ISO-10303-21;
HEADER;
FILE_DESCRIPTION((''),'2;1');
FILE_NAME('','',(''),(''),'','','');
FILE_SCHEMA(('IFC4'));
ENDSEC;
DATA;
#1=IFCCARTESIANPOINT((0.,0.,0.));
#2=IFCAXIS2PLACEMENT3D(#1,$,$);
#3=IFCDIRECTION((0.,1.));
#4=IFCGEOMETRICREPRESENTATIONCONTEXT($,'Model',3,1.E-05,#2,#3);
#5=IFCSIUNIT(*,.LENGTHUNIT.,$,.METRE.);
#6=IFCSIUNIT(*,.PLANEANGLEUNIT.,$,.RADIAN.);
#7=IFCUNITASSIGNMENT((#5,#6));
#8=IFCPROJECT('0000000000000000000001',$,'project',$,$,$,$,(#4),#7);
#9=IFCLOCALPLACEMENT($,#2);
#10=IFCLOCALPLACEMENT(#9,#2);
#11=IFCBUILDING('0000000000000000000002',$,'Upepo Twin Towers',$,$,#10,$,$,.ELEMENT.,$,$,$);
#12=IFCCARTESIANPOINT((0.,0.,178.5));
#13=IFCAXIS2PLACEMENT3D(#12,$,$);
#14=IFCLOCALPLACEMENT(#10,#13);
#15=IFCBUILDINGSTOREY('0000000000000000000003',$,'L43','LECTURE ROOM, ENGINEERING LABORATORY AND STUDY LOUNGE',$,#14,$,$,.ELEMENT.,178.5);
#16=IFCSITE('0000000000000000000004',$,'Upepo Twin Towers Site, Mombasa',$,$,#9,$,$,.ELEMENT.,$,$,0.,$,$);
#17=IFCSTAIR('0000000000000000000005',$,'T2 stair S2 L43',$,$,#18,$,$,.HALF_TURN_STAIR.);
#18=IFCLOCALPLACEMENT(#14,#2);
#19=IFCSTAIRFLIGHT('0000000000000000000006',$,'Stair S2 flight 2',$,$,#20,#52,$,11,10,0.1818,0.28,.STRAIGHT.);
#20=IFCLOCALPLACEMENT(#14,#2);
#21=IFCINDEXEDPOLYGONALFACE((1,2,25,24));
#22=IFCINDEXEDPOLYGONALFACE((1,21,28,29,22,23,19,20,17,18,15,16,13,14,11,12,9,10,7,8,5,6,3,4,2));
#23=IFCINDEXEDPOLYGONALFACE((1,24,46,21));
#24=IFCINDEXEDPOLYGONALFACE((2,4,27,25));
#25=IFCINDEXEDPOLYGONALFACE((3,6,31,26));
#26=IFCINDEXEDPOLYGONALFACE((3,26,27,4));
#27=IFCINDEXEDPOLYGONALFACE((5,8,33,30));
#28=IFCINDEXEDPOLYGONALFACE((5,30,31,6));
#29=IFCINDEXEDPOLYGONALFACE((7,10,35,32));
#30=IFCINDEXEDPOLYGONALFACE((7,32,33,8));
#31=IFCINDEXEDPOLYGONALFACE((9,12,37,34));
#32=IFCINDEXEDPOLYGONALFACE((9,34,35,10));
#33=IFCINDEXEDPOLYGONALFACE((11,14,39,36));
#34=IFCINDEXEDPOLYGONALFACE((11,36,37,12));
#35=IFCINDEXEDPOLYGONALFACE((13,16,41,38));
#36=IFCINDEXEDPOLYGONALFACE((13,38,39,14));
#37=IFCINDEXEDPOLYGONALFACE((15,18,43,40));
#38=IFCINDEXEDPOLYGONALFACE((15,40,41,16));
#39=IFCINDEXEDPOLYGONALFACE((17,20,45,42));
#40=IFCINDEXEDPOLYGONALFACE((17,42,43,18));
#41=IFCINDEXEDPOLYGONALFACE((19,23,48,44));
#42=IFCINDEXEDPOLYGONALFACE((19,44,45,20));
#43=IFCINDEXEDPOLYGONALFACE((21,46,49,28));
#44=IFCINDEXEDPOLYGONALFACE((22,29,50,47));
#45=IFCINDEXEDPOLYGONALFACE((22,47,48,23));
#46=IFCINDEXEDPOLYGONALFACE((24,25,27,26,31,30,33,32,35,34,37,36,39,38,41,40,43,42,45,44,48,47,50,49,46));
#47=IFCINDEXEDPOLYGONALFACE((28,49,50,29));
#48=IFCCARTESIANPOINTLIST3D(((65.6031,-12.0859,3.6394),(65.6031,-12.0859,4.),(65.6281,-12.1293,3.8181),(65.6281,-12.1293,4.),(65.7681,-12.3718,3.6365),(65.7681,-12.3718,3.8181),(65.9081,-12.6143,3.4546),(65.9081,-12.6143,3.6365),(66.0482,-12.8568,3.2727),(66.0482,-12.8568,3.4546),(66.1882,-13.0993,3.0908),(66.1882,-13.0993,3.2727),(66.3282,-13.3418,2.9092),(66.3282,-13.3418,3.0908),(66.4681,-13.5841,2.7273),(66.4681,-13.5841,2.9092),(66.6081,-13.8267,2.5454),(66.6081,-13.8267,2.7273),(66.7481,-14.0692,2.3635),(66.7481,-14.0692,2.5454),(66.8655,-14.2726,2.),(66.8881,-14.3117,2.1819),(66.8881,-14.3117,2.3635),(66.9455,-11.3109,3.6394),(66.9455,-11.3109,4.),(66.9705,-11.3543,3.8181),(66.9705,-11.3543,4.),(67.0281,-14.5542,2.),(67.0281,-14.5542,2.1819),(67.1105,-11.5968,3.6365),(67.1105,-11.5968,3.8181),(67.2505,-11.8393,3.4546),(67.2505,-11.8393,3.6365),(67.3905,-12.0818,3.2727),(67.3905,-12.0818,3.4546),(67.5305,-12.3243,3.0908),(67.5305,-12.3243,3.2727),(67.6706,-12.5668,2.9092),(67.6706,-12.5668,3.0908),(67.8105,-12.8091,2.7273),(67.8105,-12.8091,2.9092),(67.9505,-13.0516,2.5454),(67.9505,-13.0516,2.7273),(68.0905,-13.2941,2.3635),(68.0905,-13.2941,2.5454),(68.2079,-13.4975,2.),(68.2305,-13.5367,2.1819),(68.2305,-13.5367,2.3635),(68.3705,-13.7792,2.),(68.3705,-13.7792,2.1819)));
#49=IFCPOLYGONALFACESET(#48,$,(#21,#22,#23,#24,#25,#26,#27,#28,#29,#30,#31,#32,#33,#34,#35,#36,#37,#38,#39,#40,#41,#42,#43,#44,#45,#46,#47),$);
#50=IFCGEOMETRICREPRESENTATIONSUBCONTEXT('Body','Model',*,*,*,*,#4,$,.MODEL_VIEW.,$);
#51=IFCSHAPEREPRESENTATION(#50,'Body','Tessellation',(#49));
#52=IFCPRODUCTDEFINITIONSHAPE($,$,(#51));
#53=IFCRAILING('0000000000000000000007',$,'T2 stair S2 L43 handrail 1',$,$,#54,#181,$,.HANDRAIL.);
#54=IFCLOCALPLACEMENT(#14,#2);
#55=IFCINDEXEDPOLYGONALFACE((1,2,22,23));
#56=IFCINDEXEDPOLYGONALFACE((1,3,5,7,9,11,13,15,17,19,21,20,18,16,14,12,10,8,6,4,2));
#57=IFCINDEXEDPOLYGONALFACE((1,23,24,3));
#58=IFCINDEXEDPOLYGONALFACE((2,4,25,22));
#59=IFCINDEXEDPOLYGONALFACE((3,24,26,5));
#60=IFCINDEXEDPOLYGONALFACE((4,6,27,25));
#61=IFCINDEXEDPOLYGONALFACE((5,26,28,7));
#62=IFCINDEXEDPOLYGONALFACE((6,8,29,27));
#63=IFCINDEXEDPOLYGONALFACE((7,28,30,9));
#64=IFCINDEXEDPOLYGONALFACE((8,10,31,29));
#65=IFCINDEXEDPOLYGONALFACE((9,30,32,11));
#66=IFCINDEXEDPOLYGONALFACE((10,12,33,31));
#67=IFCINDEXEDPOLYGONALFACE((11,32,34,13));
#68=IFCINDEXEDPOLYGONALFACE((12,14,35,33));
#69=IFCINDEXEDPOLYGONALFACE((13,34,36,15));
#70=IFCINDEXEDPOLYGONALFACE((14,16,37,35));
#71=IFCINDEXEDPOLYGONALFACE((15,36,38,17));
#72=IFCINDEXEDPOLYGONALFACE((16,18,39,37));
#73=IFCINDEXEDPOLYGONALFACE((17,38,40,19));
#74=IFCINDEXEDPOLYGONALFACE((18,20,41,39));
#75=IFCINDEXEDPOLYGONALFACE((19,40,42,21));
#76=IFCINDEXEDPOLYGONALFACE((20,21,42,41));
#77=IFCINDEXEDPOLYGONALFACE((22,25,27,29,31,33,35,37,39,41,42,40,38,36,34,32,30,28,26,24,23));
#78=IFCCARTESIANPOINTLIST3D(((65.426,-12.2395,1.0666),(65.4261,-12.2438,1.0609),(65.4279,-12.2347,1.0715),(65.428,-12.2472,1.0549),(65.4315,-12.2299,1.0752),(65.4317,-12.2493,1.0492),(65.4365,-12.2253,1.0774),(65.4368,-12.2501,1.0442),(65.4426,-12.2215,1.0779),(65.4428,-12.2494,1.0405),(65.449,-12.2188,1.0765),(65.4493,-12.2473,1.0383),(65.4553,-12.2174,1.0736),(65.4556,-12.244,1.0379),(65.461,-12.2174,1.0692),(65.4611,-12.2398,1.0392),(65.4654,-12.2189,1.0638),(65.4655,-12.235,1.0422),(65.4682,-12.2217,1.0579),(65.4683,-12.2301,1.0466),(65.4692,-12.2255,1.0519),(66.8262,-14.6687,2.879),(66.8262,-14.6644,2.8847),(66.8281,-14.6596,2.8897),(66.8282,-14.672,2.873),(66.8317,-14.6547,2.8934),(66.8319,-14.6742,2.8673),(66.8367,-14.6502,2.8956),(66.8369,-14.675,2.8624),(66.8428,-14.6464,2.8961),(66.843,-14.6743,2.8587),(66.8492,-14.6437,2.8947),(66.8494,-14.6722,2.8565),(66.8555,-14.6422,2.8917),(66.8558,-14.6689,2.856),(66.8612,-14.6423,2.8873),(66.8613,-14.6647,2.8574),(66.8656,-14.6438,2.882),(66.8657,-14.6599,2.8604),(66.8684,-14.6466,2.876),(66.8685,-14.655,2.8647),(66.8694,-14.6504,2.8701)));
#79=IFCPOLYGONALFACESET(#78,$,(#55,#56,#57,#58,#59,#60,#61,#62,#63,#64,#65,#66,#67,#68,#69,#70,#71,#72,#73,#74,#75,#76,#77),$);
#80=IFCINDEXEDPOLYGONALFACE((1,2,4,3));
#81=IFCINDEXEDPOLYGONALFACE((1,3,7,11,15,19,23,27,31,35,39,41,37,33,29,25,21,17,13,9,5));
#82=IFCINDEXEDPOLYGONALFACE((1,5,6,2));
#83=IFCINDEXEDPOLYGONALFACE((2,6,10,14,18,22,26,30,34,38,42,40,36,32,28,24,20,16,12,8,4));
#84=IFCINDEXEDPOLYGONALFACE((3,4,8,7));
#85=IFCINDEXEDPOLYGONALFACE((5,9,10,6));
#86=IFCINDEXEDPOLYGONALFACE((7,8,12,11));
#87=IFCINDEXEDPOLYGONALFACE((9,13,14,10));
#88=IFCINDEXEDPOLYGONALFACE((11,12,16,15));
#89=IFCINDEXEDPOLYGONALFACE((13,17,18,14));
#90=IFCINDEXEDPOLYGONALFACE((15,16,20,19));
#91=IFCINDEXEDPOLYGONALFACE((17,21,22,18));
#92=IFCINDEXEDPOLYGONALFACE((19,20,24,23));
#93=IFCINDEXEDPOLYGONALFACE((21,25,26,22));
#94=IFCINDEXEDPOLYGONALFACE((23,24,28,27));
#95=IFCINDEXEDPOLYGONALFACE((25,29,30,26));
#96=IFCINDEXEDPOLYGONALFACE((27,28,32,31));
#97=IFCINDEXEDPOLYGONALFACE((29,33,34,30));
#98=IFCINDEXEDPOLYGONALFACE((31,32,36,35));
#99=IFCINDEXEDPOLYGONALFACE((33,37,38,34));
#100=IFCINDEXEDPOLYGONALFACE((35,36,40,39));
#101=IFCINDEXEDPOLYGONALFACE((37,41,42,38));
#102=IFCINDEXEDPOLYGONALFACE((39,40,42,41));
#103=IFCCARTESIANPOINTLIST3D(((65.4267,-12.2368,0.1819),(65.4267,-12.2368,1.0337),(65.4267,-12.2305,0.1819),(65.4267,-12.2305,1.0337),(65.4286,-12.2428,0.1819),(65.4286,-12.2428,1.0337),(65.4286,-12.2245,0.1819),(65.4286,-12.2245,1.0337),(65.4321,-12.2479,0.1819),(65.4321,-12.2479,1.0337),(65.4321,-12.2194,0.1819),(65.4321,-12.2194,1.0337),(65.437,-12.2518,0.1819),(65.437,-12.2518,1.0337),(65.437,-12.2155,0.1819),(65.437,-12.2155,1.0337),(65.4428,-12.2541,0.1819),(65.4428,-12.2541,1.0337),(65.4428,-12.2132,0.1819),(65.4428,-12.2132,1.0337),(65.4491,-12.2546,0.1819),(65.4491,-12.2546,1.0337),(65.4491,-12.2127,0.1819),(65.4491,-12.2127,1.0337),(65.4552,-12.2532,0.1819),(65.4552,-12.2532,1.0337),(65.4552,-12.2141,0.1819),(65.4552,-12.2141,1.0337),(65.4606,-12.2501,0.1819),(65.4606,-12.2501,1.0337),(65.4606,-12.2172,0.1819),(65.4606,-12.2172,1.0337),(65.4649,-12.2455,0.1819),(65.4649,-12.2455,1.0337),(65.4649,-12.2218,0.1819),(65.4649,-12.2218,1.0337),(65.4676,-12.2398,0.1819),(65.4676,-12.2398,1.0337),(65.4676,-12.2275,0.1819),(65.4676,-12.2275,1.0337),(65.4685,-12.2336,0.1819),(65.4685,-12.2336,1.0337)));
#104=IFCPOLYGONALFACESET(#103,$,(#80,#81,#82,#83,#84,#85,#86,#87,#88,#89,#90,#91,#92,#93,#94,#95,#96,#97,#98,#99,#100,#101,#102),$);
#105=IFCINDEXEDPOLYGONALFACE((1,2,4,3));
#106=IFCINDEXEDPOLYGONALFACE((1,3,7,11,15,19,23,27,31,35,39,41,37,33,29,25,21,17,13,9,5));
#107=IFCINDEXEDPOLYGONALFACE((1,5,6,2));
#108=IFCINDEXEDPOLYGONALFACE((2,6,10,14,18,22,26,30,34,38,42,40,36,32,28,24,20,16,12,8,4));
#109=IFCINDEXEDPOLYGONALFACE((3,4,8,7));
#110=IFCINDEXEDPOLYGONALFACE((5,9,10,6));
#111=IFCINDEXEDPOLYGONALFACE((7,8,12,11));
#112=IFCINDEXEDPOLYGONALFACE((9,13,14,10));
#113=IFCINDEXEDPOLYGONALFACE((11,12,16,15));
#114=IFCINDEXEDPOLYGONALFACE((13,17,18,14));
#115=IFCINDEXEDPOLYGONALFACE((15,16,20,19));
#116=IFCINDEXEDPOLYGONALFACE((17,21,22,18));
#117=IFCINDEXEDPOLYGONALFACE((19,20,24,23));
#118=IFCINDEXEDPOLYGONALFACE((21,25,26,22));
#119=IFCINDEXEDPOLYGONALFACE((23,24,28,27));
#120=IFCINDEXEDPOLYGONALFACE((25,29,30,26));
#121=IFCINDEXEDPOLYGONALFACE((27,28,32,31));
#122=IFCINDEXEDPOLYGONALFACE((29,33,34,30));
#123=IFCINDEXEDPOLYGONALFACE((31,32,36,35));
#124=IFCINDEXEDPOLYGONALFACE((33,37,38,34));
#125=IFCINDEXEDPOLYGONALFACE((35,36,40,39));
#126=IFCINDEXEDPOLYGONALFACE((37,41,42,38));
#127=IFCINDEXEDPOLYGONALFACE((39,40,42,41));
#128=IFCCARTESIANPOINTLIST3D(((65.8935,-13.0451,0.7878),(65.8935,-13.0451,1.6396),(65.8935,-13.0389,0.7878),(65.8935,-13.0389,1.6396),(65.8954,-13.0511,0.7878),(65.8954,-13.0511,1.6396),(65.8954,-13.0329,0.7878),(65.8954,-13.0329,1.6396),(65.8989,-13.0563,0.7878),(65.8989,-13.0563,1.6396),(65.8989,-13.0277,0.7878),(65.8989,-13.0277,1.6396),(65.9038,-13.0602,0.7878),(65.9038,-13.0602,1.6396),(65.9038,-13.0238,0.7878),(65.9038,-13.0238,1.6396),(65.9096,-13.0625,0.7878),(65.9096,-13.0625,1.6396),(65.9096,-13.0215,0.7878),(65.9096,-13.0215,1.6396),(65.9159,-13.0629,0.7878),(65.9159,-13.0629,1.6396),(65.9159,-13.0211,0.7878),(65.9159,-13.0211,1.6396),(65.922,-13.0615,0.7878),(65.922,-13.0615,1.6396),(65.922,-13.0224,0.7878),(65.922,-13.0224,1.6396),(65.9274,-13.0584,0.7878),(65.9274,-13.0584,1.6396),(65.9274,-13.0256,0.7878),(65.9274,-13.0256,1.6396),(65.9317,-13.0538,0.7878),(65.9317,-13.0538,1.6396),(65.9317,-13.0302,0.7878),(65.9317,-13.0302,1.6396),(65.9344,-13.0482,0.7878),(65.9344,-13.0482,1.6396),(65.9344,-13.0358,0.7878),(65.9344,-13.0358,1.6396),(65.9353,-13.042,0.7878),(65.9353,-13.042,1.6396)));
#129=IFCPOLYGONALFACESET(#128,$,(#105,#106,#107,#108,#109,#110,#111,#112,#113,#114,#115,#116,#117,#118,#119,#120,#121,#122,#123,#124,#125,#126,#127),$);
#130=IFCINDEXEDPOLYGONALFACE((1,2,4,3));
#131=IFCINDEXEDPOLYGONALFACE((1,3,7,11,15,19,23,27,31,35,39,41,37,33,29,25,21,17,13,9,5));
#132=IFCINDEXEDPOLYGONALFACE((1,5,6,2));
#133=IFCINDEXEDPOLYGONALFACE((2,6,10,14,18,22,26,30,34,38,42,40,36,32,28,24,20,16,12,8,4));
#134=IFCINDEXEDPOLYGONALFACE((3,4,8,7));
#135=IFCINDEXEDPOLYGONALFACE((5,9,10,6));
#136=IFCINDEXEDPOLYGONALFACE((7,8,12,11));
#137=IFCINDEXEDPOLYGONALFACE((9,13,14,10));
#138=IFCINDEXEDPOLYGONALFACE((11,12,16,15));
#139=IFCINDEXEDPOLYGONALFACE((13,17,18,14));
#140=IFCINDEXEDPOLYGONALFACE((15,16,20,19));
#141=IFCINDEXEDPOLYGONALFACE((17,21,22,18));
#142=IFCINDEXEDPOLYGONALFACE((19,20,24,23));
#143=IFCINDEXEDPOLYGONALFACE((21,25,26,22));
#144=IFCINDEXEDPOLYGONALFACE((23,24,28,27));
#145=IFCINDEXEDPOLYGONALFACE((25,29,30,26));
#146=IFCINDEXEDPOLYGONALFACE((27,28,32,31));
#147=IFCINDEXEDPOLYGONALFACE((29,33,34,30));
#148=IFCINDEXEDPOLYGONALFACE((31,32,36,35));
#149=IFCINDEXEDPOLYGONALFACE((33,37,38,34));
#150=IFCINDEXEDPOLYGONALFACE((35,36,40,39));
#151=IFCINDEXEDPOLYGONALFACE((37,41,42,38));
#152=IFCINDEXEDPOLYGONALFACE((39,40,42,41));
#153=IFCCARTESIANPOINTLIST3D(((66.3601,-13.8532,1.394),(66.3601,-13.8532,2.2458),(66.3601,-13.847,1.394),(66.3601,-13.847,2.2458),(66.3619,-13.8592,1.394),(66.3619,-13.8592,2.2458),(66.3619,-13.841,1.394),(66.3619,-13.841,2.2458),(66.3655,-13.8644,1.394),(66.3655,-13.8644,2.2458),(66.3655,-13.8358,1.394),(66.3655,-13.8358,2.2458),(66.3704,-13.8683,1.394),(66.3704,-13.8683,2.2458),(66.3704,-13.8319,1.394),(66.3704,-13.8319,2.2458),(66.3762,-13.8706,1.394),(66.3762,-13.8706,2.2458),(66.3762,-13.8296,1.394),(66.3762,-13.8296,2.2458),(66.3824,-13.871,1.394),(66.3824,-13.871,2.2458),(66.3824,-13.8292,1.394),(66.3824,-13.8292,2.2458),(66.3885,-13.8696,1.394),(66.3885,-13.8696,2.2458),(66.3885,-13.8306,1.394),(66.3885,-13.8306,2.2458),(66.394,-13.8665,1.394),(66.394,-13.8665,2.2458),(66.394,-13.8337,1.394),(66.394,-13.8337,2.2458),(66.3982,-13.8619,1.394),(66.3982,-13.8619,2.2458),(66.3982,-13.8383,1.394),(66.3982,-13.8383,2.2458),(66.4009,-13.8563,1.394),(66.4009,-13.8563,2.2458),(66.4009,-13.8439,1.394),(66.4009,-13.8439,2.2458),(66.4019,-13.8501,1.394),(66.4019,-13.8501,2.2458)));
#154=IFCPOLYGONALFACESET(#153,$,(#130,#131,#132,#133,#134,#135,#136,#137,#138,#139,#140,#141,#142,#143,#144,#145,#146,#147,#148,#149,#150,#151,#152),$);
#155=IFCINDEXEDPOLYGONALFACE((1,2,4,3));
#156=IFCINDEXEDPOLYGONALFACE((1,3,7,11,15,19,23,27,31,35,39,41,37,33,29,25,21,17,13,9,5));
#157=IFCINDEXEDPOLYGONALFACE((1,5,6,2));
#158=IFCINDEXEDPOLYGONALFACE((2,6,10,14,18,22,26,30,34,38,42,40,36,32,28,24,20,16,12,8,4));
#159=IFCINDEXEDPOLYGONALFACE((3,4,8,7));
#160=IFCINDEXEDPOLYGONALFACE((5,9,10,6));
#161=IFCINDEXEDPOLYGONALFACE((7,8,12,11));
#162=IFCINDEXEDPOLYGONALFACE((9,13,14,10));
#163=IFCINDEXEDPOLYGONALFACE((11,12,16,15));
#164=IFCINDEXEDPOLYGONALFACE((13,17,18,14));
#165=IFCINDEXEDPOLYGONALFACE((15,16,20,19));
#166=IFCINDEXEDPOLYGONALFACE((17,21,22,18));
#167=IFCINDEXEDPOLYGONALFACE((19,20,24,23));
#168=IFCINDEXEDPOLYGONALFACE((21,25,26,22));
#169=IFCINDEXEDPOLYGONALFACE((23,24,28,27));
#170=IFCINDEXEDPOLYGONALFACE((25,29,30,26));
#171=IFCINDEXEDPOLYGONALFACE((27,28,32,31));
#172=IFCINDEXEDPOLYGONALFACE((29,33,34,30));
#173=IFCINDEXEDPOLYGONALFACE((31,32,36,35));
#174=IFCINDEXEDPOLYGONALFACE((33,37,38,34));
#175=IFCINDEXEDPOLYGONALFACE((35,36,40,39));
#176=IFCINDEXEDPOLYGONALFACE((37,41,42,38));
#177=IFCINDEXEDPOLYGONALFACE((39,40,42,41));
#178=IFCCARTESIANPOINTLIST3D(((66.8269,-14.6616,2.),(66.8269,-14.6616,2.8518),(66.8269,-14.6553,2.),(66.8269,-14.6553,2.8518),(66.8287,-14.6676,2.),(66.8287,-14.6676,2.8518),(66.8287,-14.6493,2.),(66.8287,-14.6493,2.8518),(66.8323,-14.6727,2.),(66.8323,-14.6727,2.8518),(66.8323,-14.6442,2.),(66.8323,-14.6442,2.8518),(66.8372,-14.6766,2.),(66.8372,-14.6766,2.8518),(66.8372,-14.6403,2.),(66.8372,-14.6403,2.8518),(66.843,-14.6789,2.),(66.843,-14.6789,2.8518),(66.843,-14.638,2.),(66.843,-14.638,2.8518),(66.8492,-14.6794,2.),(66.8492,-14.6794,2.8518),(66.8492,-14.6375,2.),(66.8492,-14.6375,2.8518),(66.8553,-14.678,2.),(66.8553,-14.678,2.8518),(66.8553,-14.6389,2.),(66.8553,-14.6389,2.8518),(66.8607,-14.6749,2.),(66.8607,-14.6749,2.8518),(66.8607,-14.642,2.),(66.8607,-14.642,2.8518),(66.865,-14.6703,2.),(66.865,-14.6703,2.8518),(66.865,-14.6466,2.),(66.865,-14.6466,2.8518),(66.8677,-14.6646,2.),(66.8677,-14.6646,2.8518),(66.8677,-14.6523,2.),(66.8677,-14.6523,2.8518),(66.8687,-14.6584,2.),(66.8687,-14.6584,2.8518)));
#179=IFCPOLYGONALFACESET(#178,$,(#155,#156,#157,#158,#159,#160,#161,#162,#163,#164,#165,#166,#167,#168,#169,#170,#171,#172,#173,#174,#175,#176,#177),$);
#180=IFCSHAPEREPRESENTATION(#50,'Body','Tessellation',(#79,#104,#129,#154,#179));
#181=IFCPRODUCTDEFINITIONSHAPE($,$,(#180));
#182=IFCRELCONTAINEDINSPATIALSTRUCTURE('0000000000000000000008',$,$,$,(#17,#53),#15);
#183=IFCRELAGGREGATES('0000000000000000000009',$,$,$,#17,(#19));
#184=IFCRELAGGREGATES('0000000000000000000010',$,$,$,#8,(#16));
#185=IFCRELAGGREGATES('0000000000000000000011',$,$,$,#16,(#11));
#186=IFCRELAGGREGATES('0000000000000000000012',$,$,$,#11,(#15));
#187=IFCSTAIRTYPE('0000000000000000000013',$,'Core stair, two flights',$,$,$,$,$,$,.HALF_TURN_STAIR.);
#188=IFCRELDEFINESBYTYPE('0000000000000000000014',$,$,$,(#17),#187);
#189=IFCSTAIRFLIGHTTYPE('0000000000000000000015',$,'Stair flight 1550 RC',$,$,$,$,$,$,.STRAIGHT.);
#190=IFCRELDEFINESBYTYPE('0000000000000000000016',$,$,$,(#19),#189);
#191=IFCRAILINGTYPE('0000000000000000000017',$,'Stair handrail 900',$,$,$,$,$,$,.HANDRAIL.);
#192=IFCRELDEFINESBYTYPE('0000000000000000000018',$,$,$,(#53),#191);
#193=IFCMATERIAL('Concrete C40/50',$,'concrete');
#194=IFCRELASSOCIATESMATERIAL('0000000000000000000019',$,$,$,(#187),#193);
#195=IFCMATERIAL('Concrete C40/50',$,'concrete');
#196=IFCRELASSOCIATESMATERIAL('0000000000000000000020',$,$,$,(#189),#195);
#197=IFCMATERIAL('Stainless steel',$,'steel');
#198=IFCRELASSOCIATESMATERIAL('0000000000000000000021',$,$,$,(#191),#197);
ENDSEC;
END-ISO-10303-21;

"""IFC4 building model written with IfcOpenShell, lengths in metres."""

from ifc_helpers import new_model, si_unit, direction, frame, origin, origin_2d, place, context, subcontext, project, spatial, polyline, circle, outline, extrude, material, type_object, element, aggregate, save


model = new_model("IFC4")

# Units and contexts
model_context = context("Model", 3, precision=1e-05, world=origin(), true_north=direction((0.0, 1.0)))
body_context = subcontext(model_context, "Body", "Model", "MODEL_VIEW")
ifc_project = project(units=[si_unit("LENGTHUNIT", "METRE"), si_unit("PLANEANGLEUNIT", "RADIAN")], contexts=[model_context])

# Site, building, storey
site_placement = place(None, origin())
site = spatial("IfcSite", under=ifc_project, at=site_placement, Name="Upepo Twin Towers Site, Mombasa", CompositionType="ELEMENT", RefElevation=0.0)
building_placement = place(site_placement, origin())
building = spatial("IfcBuilding", under=site, at=building_placement, Name="Upepo Twin Towers", CompositionType="ELEMENT")
storey_placement = place(building_placement, frame((0.0, 0.0, 178.5)))
storey = spatial("IfcBuildingStorey", under=building, at=storey_placement, Name="L43", Description="LECTURE ROOM, ENGINEERING LABORATORY AND STUDY LOUNGE", CompositionType="ELEMENT", Elevation=178.5)

# Stair, stair flight
ifc_material_1 = material(Name="Concrete C40/50", Category="concrete")
stair_type = type_object("IfcStairType", Name="Core stair, two flights", PredefinedType="HALF_TURN_STAIR", material=ifc_material_1)
stair_placement = place(storey_placement, origin())
stair = element("IfcStair", 1, at=stair_placement, inside=storey, type_object=stair_type, Name="T2 stair S2 L43", PredefinedType="HALF_TURN_STAIR")
ifc_material_2 = material(Name="Concrete C40/50", Category="concrete")
stair_flight_type = type_object("IfcStairFlightType", Name="Stair flight 1550 RC", PredefinedType="STRAIGHT", material=ifc_material_2)
stair_flight_1_placement = place(storey_placement, frame((67.6992, -14.1667, 2.0), z_axis=(0.0, 0.0, 1.0), x_axis=(-0.5, 0.866025, 0.0)))
stair_flight_1 = element("IfcStairFlight", 2, at=stair_flight_1_placement, type_object=stair_flight_type, Name="Stair S2 flight 2", NumberOfRisers=11, NumberOfTreads=10, PredefinedType="STRAIGHT", RiserHeight=0.1818, TreadLength=0.28, context=body_context, shape_type="SweptSolid", body=[
    extrude(outline(polyline([(0.0, 0.0), (0.0, 0.1819), (0.28, 0.1819), (0.28, 0.3635), (0.5601, 0.3635), (0.5601, 0.5454), (0.8401, 0.5454), (0.8401, 0.7273), (1.1201, 0.7273), (1.1201, 0.9092), (1.3999, 0.9092), (1.3999, 1.0908), (1.6799, 1.0908), (1.6799, 1.2727), (1.96, 1.2727), (1.96, 1.4546), (2.24, 1.4546), (2.24, 1.6365), (2.52, 1.6365), (2.52, 1.8181), (2.8, 1.8181), (2.8, 2.0), (2.8501, 2.0), (2.8501, 1.6394), (0.3252, 0.0), (0.0, 0.0)])), frame((0.0, 0.7749, 0.0), z_axis=(0.0, -1.0, 0.0), x_axis=(1.0, 0.0, 0.0)), (0.0, 0.0, 1.0), 1.55),
])
aggregate(stair, [stair_flight_1])

# Railing
ifc_material_3 = material(Name="Stainless steel", Category="steel")
railing_type = type_object("IfcRailingType", Name="Stair handrail 900", PredefinedType="HANDRAIL", material=ifc_material_3)
railing_1_placement = place(storey_placement, frame((65.4475, -12.2336, 0.1819)))
element("IfcRailing", 3, at=railing_1_placement, inside=storey, type_object=railing_type, Name="T2 stair S2 L43 handrail 1", PredefinedType="HANDRAIL", context=body_context, shape_type="SweptSolid", body=[
    extrude(circle(Radius=0.0239, at=origin_2d()), frame((0.0, 0.0, 0.876), z_axis=(0.419393, -0.726314, 0.544589), x_axis=(0.865997, 0.50005, 0.0)), (0.0, 0.0, 1.0), 3.3386),
    extrude(circle(Radius=0.021, at=origin_2d()), origin(), (0.0, 0.0, 1.0), 0.8518),
    extrude(circle(Radius=0.021, at=origin_2d()), frame((0.4668, -0.8083, 0.606)), (0.0, 0.0, 1.0), 0.8518),
    extrude(circle(Radius=0.021, at=origin_2d()), frame((0.9333, -1.6165, 1.2122)), (0.0, 0.0, 1.0), 0.8518),
    extrude(circle(Radius=0.021, at=origin_2d()), frame((1.4001, -2.4248, 1.8181)), (0.0, 0.0, 1.0), 0.8518),
])

save(model, "model.ifc")
